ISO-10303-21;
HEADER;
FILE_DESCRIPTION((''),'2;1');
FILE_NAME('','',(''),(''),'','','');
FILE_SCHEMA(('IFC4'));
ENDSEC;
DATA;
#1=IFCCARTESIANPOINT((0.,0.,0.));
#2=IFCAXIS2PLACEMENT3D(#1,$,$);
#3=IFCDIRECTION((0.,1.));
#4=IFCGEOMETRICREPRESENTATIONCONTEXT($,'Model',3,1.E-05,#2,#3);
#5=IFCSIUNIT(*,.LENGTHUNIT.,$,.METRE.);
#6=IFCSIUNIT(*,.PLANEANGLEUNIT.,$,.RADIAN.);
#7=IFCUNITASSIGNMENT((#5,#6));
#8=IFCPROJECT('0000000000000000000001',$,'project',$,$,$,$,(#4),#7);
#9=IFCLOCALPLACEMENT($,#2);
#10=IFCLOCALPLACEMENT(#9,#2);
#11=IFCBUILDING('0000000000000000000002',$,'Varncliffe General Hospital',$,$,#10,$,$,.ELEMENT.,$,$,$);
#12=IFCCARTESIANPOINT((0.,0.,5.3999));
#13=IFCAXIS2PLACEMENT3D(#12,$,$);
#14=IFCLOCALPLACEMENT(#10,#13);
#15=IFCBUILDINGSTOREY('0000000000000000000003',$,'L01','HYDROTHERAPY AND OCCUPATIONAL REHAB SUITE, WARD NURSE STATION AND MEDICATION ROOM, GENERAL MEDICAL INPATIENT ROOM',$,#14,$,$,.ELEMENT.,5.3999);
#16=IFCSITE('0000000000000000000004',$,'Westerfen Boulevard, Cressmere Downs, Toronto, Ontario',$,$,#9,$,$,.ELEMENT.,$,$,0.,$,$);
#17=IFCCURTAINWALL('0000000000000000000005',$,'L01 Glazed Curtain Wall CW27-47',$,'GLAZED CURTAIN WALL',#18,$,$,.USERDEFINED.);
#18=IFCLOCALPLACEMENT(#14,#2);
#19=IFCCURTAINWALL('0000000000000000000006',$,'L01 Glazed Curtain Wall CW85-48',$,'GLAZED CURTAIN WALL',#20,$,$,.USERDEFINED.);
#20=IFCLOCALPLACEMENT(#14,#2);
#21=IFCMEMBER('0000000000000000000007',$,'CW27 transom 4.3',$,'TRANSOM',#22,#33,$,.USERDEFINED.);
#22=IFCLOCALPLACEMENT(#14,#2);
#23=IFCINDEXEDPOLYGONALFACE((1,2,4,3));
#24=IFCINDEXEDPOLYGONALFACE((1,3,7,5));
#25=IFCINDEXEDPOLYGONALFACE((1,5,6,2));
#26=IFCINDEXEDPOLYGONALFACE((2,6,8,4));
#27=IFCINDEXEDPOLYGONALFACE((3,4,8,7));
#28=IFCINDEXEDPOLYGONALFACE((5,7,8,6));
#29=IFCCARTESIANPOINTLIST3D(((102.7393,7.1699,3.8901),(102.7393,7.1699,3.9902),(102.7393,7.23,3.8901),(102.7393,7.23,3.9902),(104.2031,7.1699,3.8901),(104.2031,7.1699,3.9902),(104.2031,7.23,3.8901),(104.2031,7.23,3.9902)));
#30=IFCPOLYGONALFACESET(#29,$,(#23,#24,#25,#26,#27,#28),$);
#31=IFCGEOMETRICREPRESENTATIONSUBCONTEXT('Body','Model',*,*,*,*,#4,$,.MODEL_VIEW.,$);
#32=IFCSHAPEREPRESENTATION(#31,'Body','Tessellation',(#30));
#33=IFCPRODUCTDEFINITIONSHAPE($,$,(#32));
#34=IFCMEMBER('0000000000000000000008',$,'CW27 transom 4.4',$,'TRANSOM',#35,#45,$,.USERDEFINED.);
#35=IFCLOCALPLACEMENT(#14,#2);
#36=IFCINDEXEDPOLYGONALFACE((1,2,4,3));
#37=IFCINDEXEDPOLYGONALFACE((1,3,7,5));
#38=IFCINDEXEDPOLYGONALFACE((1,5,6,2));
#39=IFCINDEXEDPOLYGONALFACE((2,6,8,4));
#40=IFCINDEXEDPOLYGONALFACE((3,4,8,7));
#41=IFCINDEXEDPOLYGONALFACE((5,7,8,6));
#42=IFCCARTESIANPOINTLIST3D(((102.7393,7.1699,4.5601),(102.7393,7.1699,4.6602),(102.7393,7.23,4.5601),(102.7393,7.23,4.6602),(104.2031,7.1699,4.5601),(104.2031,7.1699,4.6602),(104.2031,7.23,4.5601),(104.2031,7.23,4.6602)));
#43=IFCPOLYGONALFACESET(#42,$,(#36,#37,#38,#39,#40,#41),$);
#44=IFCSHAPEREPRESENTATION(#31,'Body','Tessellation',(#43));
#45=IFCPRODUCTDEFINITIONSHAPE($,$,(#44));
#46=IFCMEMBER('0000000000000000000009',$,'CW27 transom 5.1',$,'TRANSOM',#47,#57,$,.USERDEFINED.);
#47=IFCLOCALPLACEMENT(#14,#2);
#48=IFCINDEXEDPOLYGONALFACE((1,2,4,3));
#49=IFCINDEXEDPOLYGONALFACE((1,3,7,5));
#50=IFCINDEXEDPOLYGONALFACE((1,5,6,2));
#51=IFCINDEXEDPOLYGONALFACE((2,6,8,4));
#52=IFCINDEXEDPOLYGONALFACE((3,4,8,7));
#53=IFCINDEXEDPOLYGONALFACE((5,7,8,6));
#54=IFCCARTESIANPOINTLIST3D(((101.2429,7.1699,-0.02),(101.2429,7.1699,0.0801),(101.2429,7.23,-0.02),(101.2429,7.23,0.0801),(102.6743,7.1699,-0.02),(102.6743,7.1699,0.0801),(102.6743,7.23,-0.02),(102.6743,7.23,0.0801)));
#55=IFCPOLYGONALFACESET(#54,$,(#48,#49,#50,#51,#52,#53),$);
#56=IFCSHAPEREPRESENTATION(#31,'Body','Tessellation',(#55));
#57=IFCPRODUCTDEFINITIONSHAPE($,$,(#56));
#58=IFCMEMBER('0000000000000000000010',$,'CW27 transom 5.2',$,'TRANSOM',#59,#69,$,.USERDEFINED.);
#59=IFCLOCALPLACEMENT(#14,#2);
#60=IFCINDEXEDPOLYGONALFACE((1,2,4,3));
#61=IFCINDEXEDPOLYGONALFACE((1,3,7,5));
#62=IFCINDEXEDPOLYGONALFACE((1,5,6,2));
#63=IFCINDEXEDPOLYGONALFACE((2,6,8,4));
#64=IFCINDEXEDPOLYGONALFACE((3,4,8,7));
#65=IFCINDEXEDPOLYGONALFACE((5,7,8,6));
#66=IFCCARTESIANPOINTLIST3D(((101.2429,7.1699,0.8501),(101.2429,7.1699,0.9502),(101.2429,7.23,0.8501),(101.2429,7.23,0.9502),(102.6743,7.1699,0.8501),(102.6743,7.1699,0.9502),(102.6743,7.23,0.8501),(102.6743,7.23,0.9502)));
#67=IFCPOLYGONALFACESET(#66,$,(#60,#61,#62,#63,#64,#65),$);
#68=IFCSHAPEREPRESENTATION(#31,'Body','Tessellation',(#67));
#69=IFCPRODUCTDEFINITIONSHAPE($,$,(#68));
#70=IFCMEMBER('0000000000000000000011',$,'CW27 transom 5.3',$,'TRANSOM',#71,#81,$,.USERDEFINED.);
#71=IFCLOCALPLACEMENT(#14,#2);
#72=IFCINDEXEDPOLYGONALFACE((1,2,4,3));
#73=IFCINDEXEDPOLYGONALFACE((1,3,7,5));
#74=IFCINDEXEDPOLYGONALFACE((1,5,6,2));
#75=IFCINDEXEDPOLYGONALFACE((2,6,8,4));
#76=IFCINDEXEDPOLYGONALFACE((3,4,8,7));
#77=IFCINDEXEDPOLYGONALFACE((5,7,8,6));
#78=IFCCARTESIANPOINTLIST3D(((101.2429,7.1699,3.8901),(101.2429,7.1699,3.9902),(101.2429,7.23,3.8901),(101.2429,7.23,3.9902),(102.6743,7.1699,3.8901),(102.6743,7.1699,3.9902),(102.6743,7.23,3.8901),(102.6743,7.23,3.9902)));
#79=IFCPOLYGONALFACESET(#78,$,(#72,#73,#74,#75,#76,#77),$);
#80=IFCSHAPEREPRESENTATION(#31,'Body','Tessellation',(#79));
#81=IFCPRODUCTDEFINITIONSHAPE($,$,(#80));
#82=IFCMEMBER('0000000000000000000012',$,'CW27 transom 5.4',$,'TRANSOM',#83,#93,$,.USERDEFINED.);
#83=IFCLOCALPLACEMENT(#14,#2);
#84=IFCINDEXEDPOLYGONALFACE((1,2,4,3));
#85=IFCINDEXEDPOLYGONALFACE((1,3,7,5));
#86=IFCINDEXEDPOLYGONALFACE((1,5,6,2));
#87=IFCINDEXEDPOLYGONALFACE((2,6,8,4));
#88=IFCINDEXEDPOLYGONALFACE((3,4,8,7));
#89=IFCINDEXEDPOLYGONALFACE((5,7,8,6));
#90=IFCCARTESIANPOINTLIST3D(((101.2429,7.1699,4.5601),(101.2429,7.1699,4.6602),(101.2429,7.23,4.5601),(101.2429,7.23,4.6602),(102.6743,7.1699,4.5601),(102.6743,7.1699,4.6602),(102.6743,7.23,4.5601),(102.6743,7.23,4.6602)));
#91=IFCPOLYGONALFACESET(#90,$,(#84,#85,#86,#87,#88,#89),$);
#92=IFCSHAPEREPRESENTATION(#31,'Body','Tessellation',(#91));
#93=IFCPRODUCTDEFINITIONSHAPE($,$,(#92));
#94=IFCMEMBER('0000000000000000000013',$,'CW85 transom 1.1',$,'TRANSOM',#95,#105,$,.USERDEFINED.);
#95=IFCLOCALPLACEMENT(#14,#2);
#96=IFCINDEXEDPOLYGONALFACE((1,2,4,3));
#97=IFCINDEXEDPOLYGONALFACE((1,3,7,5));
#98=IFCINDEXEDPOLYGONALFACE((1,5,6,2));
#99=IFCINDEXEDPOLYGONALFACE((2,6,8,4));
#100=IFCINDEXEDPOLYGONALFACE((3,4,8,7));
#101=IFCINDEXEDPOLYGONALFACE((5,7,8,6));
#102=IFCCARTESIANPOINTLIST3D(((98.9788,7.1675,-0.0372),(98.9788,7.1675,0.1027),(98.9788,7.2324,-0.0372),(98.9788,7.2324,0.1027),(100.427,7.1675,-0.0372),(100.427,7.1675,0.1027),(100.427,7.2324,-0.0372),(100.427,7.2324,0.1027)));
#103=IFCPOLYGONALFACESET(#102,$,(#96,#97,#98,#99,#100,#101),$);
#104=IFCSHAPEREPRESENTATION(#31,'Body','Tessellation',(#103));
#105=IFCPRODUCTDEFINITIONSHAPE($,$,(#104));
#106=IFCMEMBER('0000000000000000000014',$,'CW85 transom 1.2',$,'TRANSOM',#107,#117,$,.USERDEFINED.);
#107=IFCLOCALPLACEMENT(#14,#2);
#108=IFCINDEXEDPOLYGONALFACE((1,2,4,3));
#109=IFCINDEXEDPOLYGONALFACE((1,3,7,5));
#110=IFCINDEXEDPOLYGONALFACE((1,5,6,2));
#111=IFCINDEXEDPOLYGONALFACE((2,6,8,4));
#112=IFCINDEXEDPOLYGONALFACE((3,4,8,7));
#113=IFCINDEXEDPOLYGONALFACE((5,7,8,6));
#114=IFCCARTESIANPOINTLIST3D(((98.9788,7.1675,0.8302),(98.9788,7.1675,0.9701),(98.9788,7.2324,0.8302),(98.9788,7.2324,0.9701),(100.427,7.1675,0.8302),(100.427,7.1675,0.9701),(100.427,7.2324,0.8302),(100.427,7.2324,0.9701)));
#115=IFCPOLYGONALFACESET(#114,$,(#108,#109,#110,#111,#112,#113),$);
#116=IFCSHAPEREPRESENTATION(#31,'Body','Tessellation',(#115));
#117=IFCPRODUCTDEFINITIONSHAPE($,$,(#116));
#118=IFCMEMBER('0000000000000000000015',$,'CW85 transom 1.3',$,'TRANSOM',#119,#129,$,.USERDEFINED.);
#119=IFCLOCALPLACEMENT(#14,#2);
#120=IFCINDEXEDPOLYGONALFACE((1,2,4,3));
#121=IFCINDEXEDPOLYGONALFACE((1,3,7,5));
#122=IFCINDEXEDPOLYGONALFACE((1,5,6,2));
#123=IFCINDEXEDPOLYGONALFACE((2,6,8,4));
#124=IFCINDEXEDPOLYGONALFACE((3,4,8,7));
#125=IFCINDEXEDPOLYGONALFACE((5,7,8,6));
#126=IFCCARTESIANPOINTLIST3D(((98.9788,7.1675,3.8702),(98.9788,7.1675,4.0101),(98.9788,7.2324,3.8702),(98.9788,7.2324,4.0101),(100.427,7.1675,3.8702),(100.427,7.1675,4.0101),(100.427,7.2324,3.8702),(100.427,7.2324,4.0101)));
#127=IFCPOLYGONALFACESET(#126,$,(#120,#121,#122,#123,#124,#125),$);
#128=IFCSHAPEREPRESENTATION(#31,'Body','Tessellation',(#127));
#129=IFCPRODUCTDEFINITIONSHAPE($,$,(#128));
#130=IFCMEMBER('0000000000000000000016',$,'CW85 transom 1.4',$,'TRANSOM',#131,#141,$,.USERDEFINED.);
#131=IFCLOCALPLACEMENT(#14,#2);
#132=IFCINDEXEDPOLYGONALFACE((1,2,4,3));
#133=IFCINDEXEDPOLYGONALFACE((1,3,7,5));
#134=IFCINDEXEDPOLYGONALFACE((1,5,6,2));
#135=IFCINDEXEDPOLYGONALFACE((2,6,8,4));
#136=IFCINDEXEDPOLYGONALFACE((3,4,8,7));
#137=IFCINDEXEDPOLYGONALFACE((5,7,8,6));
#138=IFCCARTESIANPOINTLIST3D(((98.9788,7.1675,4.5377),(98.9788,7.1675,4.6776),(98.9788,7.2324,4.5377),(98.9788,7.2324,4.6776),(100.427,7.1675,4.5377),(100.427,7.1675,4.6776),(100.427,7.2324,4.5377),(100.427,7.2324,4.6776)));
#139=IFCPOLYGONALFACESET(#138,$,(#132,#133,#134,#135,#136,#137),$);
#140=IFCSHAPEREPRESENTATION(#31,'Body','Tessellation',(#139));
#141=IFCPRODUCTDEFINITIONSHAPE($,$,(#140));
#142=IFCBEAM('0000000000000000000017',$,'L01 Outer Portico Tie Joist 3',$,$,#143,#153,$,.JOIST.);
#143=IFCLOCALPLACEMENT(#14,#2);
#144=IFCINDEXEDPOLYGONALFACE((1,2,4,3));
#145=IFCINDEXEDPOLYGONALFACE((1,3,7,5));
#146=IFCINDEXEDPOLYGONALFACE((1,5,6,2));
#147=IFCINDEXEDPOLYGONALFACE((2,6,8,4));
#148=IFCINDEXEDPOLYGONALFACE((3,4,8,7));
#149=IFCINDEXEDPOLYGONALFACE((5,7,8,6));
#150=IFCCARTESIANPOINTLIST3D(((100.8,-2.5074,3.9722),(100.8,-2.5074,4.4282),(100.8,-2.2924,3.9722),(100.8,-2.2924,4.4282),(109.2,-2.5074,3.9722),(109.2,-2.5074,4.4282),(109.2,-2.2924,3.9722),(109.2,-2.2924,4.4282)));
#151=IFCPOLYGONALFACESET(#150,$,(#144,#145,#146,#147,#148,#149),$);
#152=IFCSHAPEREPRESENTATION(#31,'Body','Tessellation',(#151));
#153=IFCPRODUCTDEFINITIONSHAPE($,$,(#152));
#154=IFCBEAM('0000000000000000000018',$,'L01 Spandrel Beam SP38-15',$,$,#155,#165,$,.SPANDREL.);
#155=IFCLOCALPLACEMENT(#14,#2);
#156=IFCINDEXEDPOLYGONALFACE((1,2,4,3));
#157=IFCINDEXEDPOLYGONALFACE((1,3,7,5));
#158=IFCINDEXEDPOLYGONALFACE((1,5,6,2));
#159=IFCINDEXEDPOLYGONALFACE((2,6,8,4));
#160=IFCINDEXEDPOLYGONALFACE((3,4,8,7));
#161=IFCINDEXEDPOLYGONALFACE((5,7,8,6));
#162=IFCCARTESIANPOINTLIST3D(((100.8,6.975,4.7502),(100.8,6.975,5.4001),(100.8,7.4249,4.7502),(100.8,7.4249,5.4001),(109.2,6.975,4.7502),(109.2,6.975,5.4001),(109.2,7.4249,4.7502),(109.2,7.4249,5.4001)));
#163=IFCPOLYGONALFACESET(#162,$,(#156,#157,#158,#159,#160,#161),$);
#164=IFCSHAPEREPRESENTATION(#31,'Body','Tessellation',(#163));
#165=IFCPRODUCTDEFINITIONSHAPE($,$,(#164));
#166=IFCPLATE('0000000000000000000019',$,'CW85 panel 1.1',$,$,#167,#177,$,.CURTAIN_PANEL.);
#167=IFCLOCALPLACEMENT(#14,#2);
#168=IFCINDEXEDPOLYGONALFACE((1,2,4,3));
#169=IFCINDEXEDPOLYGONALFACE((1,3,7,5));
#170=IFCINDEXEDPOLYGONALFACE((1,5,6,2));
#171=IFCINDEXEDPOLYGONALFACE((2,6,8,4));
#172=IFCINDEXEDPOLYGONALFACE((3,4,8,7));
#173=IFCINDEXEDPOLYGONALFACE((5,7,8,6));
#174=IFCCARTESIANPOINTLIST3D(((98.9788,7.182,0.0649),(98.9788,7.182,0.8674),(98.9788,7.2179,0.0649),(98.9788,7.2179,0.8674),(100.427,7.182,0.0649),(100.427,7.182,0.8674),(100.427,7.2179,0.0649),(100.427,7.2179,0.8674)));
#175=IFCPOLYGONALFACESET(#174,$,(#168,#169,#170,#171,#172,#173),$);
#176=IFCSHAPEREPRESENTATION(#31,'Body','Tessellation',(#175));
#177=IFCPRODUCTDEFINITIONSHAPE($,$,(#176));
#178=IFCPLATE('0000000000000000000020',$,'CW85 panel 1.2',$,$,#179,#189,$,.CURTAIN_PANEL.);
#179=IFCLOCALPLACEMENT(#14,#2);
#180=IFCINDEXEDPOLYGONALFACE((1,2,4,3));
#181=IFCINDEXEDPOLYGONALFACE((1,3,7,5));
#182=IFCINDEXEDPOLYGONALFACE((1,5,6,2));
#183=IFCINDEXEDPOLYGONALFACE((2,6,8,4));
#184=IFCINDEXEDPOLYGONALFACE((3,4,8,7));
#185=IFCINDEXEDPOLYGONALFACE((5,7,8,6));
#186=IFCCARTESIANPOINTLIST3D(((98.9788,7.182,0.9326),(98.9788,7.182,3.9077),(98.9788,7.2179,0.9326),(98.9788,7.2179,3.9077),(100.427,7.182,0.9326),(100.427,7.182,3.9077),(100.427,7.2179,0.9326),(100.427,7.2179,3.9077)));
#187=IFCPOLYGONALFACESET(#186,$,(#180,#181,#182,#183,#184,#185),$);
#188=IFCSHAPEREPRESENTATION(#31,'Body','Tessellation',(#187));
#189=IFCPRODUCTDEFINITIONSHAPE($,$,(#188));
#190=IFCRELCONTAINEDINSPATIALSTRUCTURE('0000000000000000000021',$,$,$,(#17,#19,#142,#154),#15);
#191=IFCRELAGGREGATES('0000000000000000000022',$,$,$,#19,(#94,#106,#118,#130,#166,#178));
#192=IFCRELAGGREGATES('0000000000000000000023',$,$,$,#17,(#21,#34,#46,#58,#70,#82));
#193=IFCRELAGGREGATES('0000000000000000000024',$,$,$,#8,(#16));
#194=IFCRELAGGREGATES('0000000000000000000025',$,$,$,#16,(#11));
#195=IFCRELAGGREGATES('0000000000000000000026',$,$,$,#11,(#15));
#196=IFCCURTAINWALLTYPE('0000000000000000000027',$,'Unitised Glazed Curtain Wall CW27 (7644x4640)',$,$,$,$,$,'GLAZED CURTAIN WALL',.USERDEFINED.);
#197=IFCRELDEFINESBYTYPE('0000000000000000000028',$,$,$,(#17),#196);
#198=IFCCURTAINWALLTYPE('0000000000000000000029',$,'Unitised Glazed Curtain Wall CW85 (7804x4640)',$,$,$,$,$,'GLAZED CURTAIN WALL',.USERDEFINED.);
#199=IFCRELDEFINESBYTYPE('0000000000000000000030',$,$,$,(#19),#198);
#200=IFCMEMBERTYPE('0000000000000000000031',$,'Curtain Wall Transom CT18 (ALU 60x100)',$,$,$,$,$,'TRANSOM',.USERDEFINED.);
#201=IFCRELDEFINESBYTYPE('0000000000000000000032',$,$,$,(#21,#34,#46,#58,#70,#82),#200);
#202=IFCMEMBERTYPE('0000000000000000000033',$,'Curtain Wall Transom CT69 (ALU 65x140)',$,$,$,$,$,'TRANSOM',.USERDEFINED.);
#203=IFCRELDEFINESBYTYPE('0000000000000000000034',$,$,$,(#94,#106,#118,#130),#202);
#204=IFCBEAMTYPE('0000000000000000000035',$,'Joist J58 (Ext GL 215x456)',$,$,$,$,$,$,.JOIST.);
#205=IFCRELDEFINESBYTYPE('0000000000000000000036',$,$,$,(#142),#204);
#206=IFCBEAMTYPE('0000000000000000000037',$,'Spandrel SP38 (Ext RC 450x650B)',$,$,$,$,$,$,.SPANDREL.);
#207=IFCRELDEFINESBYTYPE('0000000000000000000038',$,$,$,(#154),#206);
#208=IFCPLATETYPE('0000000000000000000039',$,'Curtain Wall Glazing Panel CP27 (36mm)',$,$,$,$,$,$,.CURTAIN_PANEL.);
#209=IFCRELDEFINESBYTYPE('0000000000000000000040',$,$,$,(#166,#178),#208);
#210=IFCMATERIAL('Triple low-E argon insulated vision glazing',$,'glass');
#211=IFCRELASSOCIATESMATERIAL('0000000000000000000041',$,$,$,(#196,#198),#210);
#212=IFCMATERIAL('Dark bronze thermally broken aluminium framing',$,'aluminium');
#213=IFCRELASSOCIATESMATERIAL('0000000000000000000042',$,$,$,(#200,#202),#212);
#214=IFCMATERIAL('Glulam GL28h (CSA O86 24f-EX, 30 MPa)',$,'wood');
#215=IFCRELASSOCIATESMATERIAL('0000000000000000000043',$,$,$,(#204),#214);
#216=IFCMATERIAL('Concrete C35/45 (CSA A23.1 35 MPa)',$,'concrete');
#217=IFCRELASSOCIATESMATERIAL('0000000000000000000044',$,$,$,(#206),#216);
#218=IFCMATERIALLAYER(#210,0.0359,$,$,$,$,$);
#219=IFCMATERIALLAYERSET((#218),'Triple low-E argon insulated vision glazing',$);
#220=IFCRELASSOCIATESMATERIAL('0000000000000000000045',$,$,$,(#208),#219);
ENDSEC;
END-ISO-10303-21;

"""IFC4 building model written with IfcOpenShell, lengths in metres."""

from ifc_helpers import new_model, si_unit, direction, frame, origin, origin_2d, place, context, subcontext, project, spatial, rectangle, extrude, material, layer, layer_set, material_profile, profile_set, type_object, element, aggregate, save


model = new_model("IFC4")

# Units and contexts
model_context = context("Model", 3, precision=1e-05, world=origin(), true_north=direction((0.0, 1.0)))
body_context = subcontext(model_context, "Body", "Model", "MODEL_VIEW")
ifc_project = project(units=[si_unit("LENGTHUNIT", "METRE"), si_unit("PLANEANGLEUNIT", "RADIAN")], contexts=[model_context])

# Site, building, storey
site_placement = place(None, origin())
site = spatial("IfcSite", under=ifc_project, at=site_placement, Name="Westerfen Boulevard, Cressmere Downs, Toronto, Ontario", CompositionType="ELEMENT", RefElevation=0.0)
building_placement = place(site_placement, origin())
building = spatial("IfcBuilding", under=site, at=building_placement, Name="Varncliffe General Hospital", CompositionType="ELEMENT")
storey_placement = place(building_placement, frame((0.0, 0.0, 5.3999)))
storey = spatial("IfcBuildingStorey", under=building, at=storey_placement, Name="L01", Description="HYDROTHERAPY AND OCCUPATIONAL REHAB SUITE, WARD NURSE STATION AND MEDICATION ROOM, GENERAL MEDICAL INPATIENT ROOM", CompositionType="ELEMENT", Elevation=5.3999)

# Shared definitions
ifc_material_1 = material(Name="Glulam GL28h (CSA O86 24f-EX, 30 MPa)", Category="wood")

# Curtain wall
ifc_material_2 = material(Name="Triple low-E argon insulated vision glazing", Category="glass")
curtain_wall_type_1 = type_object("IfcCurtainWallType", Name="Unitised Glazed Curtain Wall CW27 (7644x4640)", ElementType="GLAZED CURTAIN WALL", PredefinedType="USERDEFINED", material=ifc_material_2)
curtain_wall_1_placement = place(storey_placement, origin())
curtain_wall_1 = element("IfcCurtainWall", 1, at=curtain_wall_1_placement, inside=storey, type_object=curtain_wall_type_1, Name="L01 Glazed Curtain Wall CW27-47", ObjectType="GLAZED CURTAIN WALL", PredefinedType="USERDEFINED")
ifc_material_3 = material(Name="Dark bronze thermally broken aluminium framing", Category="aluminium")

# Curtain wall
curtain_wall_type_2 = type_object("IfcCurtainWallType", Name="Unitised Glazed Curtain Wall CW85 (7804x4640)", ElementType="GLAZED CURTAIN WALL", PredefinedType="USERDEFINED", material=ifc_material_2)
curtain_wall_2_placement = place(storey_placement, origin())
curtain_wall_2 = element("IfcCurtainWall", 2, at=curtain_wall_2_placement, inside=storey, type_object=curtain_wall_type_2, Name="L01 Glazed Curtain Wall CW85-48", ObjectType="GLAZED CURTAIN WALL", PredefinedType="USERDEFINED")

# Members
ifc_material_profile_1 = material_profile(ifc_material_3, rectangle(XDim=0.0601, YDim=0.1001, at=origin_2d()), Name="ALU 60x100")
ifc_profile_set_1 = profile_set([ifc_material_profile_1], Name="Dark bronze thermally broken aluminium framing")
member_type_1 = type_object("IfcMemberType", Name="Curtain Wall Transom CT18 (ALU 60x100)", ElementType="TRANSOM", PredefinedType="USERDEFINED", material=ifc_profile_set_1)
member_1_placement = place(storey_placement, frame((104.2031, 7.2, 3.9402), z_axis=(-1.0, 0.0, 0.0), x_axis=(0.0, -1.0, 0.0)))
member_1 = element("IfcMember", 3, at=member_1_placement, type_object=member_type_1, Name="CW27 transom 4.3", ObjectType="TRANSOM", PredefinedType="USERDEFINED", context=body_context, shape_type="SweptSolid", body=[
    extrude(rectangle(XDim=0.0601, YDim=0.1001, at=origin_2d()), origin(), (0.0, 0.0, 1.0), 1.4639),
])
member_2_placement = place(storey_placement, frame((104.2031, 7.2, 4.6101), z_axis=(-1.0, 0.0, 0.0), x_axis=(0.0, -1.0, 0.0)))
member_2 = element("IfcMember", 4, at=member_2_placement, type_object=member_type_1, Name="CW27 transom 4.4", ObjectType="TRANSOM", PredefinedType="USERDEFINED", context=body_context, shape_type="SweptSolid", body=[
    extrude(rectangle(XDim=0.0601, YDim=0.1001, at=origin_2d()), origin(), (0.0, 0.0, 1.0), 1.4639),
])
member_3_placement = place(storey_placement, frame((102.6743, 7.2, 0.03), z_axis=(-1.0, 0.0, 0.0), x_axis=(0.0, -1.0, 0.0)))
member_3 = element("IfcMember", 5, at=member_3_placement, type_object=member_type_1, Name="CW27 transom 5.1", ObjectType="TRANSOM", PredefinedType="USERDEFINED", context=body_context, shape_type="SweptSolid", body=[
    extrude(rectangle(XDim=0.0601, YDim=0.1001, at=origin_2d()), origin(), (0.0, 0.0, 1.0), 1.4314),
])
member_4_placement = place(storey_placement, frame((102.6743, 7.2, 0.9001), z_axis=(-1.0, 0.0, 0.0), x_axis=(0.0, -1.0, 0.0)))
member_4 = element("IfcMember", 6, at=member_4_placement, type_object=member_type_1, Name="CW27 transom 5.2", ObjectType="TRANSOM", PredefinedType="USERDEFINED", context=body_context, shape_type="SweptSolid", body=[
    extrude(rectangle(XDim=0.0601, YDim=0.1001, at=origin_2d()), origin(), (0.0, 0.0, 1.0), 1.4314),
])
member_5_placement = place(storey_placement, frame((102.6743, 7.2, 3.9402), z_axis=(-1.0, 0.0, 0.0), x_axis=(0.0, -1.0, 0.0)))
member_5 = element("IfcMember", 7, at=member_5_placement, type_object=member_type_1, Name="CW27 transom 5.3", ObjectType="TRANSOM", PredefinedType="USERDEFINED", context=body_context, shape_type="SweptSolid", body=[
    extrude(rectangle(XDim=0.0601, YDim=0.1001, at=origin_2d()), origin(), (0.0, 0.0, 1.0), 1.4314),
])
member_6_placement = place(storey_placement, frame((102.6743, 7.2, 4.6101), z_axis=(-1.0, 0.0, 0.0), x_axis=(0.0, -1.0, 0.0)))
member_6 = element("IfcMember", 8, at=member_6_placement, type_object=member_type_1, Name="CW27 transom 5.4", ObjectType="TRANSOM", PredefinedType="USERDEFINED", context=body_context, shape_type="SweptSolid", body=[
    extrude(rectangle(XDim=0.0601, YDim=0.1001, at=origin_2d()), origin(), (0.0, 0.0, 1.0), 1.4314),
])
ifc_material_profile_2 = material_profile(ifc_material_3, rectangle(XDim=0.0649, YDim=0.1399, at=origin_2d()), Name="ALU 65x140")
ifc_profile_set_2 = profile_set([ifc_material_profile_2], Name="Dark bronze thermally broken aluminium framing")
member_type_2 = type_object("IfcMemberType", Name="Curtain Wall Transom CT69 (ALU 65x140)", ElementType="TRANSOM", PredefinedType="USERDEFINED", material=ifc_profile_set_2)
member_7_placement = place(storey_placement, frame((100.427, 7.2, 0.0327), z_axis=(-1.0, 0.0, 0.0), x_axis=(0.0, -1.0, 0.0)))
member_7 = element("IfcMember", 9, at=member_7_placement, type_object=member_type_2, Name="CW85 transom 1.1", ObjectType="TRANSOM", PredefinedType="USERDEFINED", context=body_context, shape_type="SweptSolid", body=[
    extrude(rectangle(XDim=0.0649, YDim=0.1399, at=origin_2d()), origin(), (0.0, 0.0, 1.0), 1.4482),
])
member_8_placement = place(storey_placement, frame((100.427, 7.2, 0.9001), z_axis=(-1.0, 0.0, 0.0), x_axis=(0.0, -1.0, 0.0)))
member_8 = element("IfcMember", 10, at=member_8_placement, type_object=member_type_2, Name="CW85 transom 1.2", ObjectType="TRANSOM", PredefinedType="USERDEFINED", context=body_context, shape_type="SweptSolid", body=[
    extrude(rectangle(XDim=0.0649, YDim=0.1399, at=origin_2d()), origin(), (0.0, 0.0, 1.0), 1.4482),
])
member_9_placement = place(storey_placement, frame((100.427, 7.2, 3.9402), z_axis=(-1.0, 0.0, 0.0), x_axis=(0.0, -1.0, 0.0)))
member_9 = element("IfcMember", 11, at=member_9_placement, type_object=member_type_2, Name="CW85 transom 1.3", ObjectType="TRANSOM", PredefinedType="USERDEFINED", context=body_context, shape_type="SweptSolid", body=[
    extrude(rectangle(XDim=0.0649, YDim=0.1399, at=origin_2d()), origin(), (0.0, 0.0, 1.0), 1.4482),
])
member_10_placement = place(storey_placement, frame((100.427, 7.2, 4.6077), z_axis=(-1.0, 0.0, 0.0), x_axis=(0.0, -1.0, 0.0)))
member_10 = element("IfcMember", 12, at=member_10_placement, type_object=member_type_2, Name="CW85 transom 1.4", ObjectType="TRANSOM", PredefinedType="USERDEFINED", context=body_context, shape_type="SweptSolid", body=[
    extrude(rectangle(XDim=0.0649, YDim=0.1399, at=origin_2d()), origin(), (0.0, 0.0, 1.0), 1.4482),
])

# Beams
ifc_material_profile_3 = material_profile(ifc_material_1, rectangle(XDim=0.2151, YDim=0.4561, at=origin_2d()), Name="GL 215x456")
ifc_profile_set_3 = profile_set([ifc_material_profile_3], Name="Glulam GL28h (CSA O86 24f-EX, 30 MPa)")
beam_type_1 = type_object("IfcBeamType", Name="Joist J58 (Ext GL 215x456)", PredefinedType="JOIST", material=ifc_profile_set_3)
beam_1_placement = place(storey_placement, frame((100.8, -2.3999, 4.2002), z_axis=(1.0, 0.0, 0.0), x_axis=(0.0, 1.0, 0.0)))
element("IfcBeam", 13, at=beam_1_placement, inside=storey, type_object=beam_type_1, Name="L01 Outer Portico Tie Joist 3", PredefinedType="JOIST", context=body_context, shape_type="SweptSolid", body=[
    extrude(rectangle(XDim=0.2151, YDim=0.4561, at=origin_2d()), origin(), (0.0, 0.0, 1.0), 8.3999),
])
ifc_material_4 = material(Name="Concrete C35/45 (CSA A23.1 35 MPa)", Category="concrete")
ifc_material_profile_4 = material_profile(ifc_material_4, rectangle(XDim=0.45, YDim=0.6499, at=origin_2d()), Name="RC 450x650")
ifc_profile_set_4 = profile_set([ifc_material_profile_4], Name="Concrete C35/45 (CSA A23.1 35 MPa)")
beam_type_2 = type_object("IfcBeamType", Name="Spandrel SP38 (Ext RC 450x650B)", PredefinedType="SPANDREL", material=ifc_profile_set_4)
beam_2_placement = place(storey_placement, frame((100.8, 7.2, 5.0752), z_axis=(1.0, 0.0, 0.0), x_axis=(0.0, 1.0, 0.0)))
element("IfcBeam", 14, at=beam_2_placement, inside=storey, type_object=beam_type_2, Name="L01 Spandrel Beam SP38-15", PredefinedType="SPANDREL", context=body_context, shape_type="SweptSolid", body=[
    extrude(rectangle(XDim=0.45, YDim=0.6499, at=origin_2d()), origin(), (0.0, 0.0, 1.0), 8.3999),
])

# Plates
ifc_layer_1 = layer(ifc_material_2, 0.0359)
ifc_layer_set_1 = layer_set([ifc_layer_1], Name="Triple low-E argon insulated vision glazing")
plate_type_1 = type_object("IfcPlateType", Name="Curtain Wall Glazing Panel CP27 (36mm)", PredefinedType="CURTAIN_PANEL", material=ifc_layer_set_1)
plate_1_placement = place(storey_placement, frame((99.7029, 7.2, 0.0649), z_axis=(0.0, 0.0, 1.0), x_axis=(-1.0, 0.0, 0.0)))
plate_1 = element("IfcPlate", 15, at=plate_1_placement, type_object=plate_type_1, Name="CW85 panel 1.1", PredefinedType="CURTAIN_PANEL", context=body_context, shape_type="SweptSolid", body=[
    extrude(rectangle(XDim=1.4482, YDim=0.0359, at=origin_2d()), origin(), (0.0, 0.0, 1.0), 0.8025),
])
plate_2_placement = place(storey_placement, frame((99.7029, 7.2, 0.9326), z_axis=(0.0, 0.0, 1.0), x_axis=(-1.0, 0.0, 0.0)))
plate_2 = element("IfcPlate", 16, at=plate_2_placement, type_object=plate_type_1, Name="CW85 panel 1.2", PredefinedType="CURTAIN_PANEL", context=body_context, shape_type="SweptSolid", body=[
    extrude(rectangle(XDim=1.4482, YDim=0.0359, at=origin_2d()), origin(), (0.0, 0.0, 1.0), 2.9751),
])
aggregate(curtain_wall_2, [member_7, member_8, member_9, member_10, plate_1, plate_2])
aggregate(curtain_wall_1, [member_1, member_2, member_3, member_4, member_5, member_6])

save(model, "model.ifc")
